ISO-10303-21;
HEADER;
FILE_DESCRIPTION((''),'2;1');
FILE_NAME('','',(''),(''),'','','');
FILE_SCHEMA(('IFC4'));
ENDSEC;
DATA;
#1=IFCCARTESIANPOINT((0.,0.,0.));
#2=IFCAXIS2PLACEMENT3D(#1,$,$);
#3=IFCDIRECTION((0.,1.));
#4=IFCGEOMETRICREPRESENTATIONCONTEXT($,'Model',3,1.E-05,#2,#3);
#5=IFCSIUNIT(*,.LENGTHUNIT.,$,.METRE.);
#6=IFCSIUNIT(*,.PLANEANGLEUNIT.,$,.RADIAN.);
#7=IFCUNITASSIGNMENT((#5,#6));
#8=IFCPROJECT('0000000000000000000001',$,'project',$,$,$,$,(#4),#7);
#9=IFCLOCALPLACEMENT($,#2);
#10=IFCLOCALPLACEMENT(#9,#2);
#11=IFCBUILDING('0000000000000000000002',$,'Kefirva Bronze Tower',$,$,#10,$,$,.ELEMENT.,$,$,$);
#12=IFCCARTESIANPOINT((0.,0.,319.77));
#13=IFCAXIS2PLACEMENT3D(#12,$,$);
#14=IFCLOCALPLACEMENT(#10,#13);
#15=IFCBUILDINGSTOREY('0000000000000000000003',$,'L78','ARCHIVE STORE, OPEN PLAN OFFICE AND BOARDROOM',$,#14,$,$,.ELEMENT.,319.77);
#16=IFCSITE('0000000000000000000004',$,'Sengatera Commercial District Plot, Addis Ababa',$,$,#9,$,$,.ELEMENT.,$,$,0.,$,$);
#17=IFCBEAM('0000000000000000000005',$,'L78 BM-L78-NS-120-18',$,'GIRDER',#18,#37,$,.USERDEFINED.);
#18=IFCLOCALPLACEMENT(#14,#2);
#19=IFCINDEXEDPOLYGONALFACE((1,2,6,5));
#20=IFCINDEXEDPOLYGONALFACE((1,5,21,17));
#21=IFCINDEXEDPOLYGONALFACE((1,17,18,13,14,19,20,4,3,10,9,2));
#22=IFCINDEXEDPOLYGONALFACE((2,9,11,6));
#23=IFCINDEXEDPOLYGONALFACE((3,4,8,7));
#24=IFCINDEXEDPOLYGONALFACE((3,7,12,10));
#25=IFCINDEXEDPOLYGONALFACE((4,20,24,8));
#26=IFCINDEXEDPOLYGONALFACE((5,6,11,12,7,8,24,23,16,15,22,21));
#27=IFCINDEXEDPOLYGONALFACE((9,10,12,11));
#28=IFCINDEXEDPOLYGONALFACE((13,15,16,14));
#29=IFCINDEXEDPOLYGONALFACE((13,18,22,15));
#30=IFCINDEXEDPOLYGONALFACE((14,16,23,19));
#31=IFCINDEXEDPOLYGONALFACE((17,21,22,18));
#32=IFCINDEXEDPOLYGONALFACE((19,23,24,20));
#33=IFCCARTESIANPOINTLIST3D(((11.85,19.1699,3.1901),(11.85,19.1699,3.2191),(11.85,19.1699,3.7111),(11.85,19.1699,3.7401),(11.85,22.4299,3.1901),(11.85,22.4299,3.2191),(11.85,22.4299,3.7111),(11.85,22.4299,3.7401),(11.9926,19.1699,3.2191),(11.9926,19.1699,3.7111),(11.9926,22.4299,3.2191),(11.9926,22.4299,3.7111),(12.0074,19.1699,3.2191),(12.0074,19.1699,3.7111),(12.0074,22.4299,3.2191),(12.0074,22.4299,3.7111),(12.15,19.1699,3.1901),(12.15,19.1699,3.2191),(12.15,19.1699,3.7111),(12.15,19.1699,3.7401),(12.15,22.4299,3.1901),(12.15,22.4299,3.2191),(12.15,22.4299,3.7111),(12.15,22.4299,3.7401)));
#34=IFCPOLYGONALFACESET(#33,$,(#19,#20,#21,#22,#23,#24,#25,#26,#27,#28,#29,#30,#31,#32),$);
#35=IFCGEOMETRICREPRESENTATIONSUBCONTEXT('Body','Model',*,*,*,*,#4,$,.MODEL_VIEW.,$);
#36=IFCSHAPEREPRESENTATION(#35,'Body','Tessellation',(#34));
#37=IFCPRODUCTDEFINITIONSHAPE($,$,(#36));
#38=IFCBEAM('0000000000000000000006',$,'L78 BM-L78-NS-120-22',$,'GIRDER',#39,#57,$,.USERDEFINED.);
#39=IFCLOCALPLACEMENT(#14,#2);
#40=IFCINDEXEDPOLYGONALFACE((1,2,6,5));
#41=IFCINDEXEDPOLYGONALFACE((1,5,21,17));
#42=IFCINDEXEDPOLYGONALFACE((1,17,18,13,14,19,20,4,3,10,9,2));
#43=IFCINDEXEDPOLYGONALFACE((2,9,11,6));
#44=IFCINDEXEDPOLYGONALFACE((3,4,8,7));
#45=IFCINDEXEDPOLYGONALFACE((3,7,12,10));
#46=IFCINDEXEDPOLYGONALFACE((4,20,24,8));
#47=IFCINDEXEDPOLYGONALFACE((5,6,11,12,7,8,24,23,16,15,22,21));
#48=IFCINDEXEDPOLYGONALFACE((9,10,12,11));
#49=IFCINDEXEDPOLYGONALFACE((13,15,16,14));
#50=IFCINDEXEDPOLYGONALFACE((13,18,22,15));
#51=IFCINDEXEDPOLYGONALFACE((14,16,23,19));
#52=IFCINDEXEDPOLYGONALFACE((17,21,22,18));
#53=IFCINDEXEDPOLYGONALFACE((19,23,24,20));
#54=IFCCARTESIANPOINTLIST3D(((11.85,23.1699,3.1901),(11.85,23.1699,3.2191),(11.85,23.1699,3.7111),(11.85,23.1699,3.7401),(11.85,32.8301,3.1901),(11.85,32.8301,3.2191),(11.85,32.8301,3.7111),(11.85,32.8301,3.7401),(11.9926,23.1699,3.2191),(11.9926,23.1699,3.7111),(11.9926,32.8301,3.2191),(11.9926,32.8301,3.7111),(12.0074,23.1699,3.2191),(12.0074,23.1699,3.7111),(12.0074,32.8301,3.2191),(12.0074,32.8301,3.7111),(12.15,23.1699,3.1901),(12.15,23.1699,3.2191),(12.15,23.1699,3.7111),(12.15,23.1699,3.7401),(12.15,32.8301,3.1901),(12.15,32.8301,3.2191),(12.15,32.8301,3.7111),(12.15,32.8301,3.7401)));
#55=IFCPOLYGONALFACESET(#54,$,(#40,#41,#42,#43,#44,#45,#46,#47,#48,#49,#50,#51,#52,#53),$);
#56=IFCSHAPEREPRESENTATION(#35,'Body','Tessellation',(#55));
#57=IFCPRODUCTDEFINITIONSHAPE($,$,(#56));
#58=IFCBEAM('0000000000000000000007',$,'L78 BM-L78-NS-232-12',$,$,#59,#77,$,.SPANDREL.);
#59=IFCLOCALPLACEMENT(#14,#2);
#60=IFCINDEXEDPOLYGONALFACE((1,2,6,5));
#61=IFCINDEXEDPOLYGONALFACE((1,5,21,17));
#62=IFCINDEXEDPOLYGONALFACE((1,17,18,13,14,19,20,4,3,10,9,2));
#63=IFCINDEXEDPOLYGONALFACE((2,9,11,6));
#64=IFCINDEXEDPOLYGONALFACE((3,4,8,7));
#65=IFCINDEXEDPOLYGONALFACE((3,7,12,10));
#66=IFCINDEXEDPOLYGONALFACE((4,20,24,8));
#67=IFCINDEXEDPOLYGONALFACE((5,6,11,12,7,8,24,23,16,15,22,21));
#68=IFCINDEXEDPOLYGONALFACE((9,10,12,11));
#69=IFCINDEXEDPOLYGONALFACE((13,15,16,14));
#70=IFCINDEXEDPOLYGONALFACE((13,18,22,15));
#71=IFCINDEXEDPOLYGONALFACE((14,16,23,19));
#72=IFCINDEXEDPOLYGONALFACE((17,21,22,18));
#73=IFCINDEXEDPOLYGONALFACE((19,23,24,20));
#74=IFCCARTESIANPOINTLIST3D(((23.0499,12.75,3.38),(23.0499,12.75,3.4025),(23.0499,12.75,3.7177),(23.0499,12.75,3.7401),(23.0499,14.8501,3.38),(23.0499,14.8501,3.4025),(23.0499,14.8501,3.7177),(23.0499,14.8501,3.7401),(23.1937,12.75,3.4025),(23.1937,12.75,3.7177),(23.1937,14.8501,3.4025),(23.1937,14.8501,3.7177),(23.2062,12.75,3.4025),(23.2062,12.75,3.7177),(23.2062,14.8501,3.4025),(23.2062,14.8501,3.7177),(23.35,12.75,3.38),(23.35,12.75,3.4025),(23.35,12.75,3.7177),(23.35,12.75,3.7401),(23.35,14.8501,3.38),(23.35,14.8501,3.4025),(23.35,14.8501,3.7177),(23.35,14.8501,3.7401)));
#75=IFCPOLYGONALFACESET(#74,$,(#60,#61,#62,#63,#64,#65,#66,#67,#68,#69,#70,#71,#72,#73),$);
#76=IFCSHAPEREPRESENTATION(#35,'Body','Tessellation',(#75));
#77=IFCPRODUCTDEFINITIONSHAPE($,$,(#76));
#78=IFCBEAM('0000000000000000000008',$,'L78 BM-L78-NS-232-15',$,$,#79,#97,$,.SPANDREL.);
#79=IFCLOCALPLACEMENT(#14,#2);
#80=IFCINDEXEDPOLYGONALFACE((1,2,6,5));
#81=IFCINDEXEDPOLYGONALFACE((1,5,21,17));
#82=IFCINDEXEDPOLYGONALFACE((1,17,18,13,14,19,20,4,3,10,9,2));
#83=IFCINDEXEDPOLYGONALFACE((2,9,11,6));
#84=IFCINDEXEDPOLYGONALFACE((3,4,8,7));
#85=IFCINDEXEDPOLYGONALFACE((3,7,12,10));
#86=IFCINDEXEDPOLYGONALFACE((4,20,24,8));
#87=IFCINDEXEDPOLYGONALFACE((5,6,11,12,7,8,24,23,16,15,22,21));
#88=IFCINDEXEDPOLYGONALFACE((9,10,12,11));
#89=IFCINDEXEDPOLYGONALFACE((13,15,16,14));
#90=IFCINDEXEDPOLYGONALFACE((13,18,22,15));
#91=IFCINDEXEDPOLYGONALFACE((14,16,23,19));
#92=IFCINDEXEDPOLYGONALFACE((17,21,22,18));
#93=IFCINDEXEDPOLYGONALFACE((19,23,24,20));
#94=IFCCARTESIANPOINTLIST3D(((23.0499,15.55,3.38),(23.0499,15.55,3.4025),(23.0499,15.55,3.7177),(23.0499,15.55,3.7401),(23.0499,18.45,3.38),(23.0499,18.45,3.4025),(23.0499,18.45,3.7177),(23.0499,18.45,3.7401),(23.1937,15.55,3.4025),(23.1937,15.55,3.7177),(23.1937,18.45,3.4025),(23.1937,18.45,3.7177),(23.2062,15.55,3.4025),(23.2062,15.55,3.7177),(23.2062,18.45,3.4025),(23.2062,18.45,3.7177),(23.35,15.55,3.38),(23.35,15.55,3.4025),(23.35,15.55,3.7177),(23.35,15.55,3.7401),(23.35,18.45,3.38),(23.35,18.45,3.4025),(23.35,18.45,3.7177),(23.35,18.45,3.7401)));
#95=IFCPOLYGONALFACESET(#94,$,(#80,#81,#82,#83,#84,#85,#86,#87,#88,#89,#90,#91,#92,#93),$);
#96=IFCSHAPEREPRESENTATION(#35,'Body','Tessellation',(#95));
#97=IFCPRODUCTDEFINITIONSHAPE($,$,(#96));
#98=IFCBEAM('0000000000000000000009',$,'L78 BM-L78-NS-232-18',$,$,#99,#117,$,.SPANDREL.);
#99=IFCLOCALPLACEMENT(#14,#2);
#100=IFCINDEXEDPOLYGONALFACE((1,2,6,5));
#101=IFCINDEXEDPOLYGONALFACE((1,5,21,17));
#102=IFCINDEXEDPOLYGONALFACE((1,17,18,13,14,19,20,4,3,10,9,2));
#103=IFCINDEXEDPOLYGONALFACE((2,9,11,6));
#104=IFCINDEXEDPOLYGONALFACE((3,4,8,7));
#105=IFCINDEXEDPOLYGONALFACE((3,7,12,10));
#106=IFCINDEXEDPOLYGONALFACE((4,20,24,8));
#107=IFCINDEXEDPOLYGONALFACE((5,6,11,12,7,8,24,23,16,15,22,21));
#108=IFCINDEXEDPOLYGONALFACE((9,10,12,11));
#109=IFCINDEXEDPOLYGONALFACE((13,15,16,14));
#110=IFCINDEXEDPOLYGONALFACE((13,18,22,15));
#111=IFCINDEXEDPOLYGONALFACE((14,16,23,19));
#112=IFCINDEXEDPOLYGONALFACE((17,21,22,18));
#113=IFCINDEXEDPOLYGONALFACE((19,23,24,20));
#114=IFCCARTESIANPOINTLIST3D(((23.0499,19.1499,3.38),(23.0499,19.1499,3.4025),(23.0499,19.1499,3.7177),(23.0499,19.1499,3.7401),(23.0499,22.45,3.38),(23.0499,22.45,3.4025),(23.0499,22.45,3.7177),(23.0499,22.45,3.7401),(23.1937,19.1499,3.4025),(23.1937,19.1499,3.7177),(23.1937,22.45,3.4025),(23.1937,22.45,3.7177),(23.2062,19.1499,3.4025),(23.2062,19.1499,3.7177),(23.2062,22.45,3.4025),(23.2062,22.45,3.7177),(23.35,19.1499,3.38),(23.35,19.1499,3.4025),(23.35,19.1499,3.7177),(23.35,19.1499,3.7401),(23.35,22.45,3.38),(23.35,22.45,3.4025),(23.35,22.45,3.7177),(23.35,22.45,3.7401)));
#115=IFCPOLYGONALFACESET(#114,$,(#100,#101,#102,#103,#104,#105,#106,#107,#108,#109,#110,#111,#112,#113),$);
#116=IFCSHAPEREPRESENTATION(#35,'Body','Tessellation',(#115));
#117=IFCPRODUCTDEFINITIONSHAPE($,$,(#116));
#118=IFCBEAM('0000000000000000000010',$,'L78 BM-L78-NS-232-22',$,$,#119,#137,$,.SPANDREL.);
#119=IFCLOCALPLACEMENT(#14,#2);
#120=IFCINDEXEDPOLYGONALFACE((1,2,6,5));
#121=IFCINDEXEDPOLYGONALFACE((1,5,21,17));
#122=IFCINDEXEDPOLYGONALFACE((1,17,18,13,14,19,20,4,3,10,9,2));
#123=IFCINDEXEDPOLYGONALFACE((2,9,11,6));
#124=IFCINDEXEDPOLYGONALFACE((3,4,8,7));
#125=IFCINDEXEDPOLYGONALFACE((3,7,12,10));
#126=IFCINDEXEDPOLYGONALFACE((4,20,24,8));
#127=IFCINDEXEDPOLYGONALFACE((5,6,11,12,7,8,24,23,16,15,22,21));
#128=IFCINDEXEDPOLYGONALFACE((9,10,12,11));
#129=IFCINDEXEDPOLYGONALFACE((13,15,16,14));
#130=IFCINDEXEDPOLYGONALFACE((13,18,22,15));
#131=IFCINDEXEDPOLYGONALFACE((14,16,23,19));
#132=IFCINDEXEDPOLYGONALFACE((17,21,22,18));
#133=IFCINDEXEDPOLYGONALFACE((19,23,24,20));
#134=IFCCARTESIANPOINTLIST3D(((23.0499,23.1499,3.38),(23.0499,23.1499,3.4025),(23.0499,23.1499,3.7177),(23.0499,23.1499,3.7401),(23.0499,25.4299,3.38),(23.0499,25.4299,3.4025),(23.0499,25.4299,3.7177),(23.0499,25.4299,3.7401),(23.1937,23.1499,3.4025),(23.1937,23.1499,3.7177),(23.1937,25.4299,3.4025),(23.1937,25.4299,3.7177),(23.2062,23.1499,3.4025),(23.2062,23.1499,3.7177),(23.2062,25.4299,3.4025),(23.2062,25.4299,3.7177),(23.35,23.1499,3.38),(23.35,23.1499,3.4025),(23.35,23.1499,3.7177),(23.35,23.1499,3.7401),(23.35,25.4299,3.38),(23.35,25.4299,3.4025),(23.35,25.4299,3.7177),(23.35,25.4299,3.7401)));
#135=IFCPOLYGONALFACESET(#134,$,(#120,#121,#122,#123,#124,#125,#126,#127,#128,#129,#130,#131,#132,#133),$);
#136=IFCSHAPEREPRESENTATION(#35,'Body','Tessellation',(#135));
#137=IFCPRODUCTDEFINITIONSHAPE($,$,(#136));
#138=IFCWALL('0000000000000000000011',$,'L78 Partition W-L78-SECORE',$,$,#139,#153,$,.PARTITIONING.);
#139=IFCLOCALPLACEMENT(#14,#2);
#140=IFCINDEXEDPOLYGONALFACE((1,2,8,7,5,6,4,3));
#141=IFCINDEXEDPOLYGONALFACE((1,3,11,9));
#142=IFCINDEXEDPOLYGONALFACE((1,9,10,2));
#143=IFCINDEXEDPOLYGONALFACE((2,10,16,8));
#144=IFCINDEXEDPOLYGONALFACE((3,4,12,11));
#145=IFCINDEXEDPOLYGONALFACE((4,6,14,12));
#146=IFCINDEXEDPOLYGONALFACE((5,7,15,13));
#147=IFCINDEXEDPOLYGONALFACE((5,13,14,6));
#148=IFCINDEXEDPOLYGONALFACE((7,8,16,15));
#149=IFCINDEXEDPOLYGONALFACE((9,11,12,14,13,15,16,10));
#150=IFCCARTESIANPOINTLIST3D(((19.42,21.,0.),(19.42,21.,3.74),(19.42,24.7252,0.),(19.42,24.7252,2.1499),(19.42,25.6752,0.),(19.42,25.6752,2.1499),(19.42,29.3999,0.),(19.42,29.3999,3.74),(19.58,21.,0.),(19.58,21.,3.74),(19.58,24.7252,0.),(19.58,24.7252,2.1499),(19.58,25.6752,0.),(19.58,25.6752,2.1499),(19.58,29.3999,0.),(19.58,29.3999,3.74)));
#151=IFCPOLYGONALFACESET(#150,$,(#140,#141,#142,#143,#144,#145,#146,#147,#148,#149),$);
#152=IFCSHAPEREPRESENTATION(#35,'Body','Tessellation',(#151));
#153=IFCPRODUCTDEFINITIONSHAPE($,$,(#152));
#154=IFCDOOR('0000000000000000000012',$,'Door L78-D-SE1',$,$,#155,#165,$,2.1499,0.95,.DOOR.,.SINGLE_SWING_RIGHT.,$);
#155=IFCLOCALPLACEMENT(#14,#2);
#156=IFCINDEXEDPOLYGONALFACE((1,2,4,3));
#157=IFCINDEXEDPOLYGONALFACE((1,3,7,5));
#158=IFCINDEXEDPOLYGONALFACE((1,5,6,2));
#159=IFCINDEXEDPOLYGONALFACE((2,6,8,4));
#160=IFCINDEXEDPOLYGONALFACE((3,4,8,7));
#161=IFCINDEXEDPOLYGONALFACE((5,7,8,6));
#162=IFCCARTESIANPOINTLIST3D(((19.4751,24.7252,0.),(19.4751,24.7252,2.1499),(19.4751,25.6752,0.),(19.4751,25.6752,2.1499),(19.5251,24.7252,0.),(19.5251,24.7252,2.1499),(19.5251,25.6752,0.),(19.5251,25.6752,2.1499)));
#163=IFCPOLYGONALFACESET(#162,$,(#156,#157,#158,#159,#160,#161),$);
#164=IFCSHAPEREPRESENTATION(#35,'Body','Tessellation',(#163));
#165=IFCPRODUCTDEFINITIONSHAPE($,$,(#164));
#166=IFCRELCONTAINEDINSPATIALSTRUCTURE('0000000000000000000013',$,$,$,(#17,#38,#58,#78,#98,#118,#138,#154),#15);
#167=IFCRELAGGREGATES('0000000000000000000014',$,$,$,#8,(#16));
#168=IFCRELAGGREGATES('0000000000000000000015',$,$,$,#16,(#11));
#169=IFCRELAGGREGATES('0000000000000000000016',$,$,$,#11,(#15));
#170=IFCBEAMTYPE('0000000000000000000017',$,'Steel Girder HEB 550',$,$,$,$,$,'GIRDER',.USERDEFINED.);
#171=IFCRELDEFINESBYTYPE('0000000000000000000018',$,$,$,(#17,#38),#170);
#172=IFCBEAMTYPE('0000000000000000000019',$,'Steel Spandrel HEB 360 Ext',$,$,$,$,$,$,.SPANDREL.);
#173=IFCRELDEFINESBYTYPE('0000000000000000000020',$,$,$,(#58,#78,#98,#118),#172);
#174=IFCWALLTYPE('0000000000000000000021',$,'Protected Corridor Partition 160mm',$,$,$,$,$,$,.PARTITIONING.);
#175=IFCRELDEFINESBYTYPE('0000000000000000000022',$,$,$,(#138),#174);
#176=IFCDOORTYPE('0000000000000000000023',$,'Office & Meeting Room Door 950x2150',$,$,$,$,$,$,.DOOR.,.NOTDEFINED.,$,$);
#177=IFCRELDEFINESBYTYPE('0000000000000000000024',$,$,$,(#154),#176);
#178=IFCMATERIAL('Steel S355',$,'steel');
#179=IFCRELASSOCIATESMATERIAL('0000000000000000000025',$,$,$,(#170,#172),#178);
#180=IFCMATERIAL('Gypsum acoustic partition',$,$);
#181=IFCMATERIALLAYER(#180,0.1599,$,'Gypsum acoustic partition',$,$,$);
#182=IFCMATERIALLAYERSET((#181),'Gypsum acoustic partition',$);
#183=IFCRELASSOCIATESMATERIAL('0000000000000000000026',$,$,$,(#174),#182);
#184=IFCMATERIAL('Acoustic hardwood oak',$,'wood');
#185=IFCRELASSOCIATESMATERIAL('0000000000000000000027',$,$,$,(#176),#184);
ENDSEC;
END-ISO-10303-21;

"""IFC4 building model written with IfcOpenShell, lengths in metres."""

from ifc_helpers import new_model, si_unit, direction, frame, frame_2d, origin, origin_2d, place, context, subcontext, project, spatial, rectangle, i_section, extrude, material, layer, layer_set, material_profile, profile_set, type_object, element, fill, save


model = new_model("IFC4")

# Units and contexts
model_context = context("Model", 3, precision=1e-05, world=origin(), true_north=direction((0.0, 1.0)))
body_context = subcontext(model_context, "Body", "Model", "MODEL_VIEW")
ifc_project = project(units=[si_unit("LENGTHUNIT", "METRE"), si_unit("PLANEANGLEUNIT", "RADIAN")], contexts=[model_context])

# Site, building, storey
site_placement = place(None, origin())
site = spatial("IfcSite", under=ifc_project, at=site_placement, Name="Sengatera Commercial District Plot, Addis Ababa", CompositionType="ELEMENT", RefElevation=0.0)
building_placement = place(site_placement, origin())
building = spatial("IfcBuilding", under=site, at=building_placement, Name="Kefirva Bronze Tower", CompositionType="ELEMENT")
storey_placement = place(building_placement, frame((0.0, 0.0, 319.77)))
storey = spatial("IfcBuildingStorey", under=building, at=storey_placement, Name="L78", Description="ARCHIVE STORE, OPEN PLAN OFFICE AND BOARDROOM", CompositionType="ELEMENT", Elevation=319.77)

# Beams
ifc_material_1 = material(Name="Steel S355", Category="steel")
ifc_material_profile_1 = material_profile(ifc_material_1, i_section(OverallWidth=0.3, OverallDepth=0.55, WebThickness=0.0149, FlangeThickness=0.0291, at=origin_2d()), Name="HEB 550")
ifc_profile_set_1 = profile_set([ifc_material_profile_1], Name="Steel S355")
beam_type_1 = type_object("IfcBeamType", Name="Steel Girder HEB 550", ElementType="GIRDER", PredefinedType="USERDEFINED", material=ifc_profile_set_1)
beam_1_placement = place(storey_placement, frame((12.0, 19.1699, 3.4651), z_axis=(0.0, 1.0, 0.0), x_axis=(-1.0, 0.0, 0.0)))
element("IfcBeam", 1, at=beam_1_placement, inside=storey, type_object=beam_type_1, Name="L78 BM-L78-NS-120-18", ObjectType="GIRDER", PredefinedType="USERDEFINED", context=body_context, shape_type="SweptSolid", body=[
    extrude(i_section(OverallWidth=0.3, OverallDepth=0.55, WebThickness=0.0149, FlangeThickness=0.0291, at=origin_2d()), origin(), (0.0, 0.0, 1.0), 3.26),
])
beam_2_placement = place(storey_placement, frame((12.0, 23.1699, 3.4651), z_axis=(0.0, 1.0, 0.0), x_axis=(-1.0, 0.0, 0.0)))
element("IfcBeam", 2, at=beam_2_placement, inside=storey, type_object=beam_type_1, Name="L78 BM-L78-NS-120-22", ObjectType="GIRDER", PredefinedType="USERDEFINED", context=body_context, shape_type="SweptSolid", body=[
    extrude(i_section(OverallWidth=0.3, OverallDepth=0.55, WebThickness=0.0149, FlangeThickness=0.0291, at=origin_2d()), origin(), (0.0, 0.0, 1.0), 9.6602),
])
ifc_material_profile_2 = material_profile(ifc_material_1, i_section(OverallWidth=0.3, OverallDepth=0.3601, WebThickness=0.0125, FlangeThickness=0.0225, at=origin_2d()), Name="HEB 360")
ifc_profile_set_2 = profile_set([ifc_material_profile_2], Name="Steel S355")
beam_type_2 = type_object("IfcBeamType", Name="Steel Spandrel HEB 360 Ext", PredefinedType="SPANDREL", material=ifc_profile_set_2)
beam_3_placement = place(storey_placement, frame((23.2, 12.75, 3.5601), z_axis=(0.0, 1.0, 0.0), x_axis=(-1.0, 0.0, 0.0)))
element("IfcBeam", 3, at=beam_3_placement, inside=storey, type_object=beam_type_2, Name="L78 BM-L78-NS-232-12", PredefinedType="SPANDREL", context=body_context, shape_type="SweptSolid", body=[
    extrude(i_section(OverallWidth=0.3, OverallDepth=0.3601, WebThickness=0.0125, FlangeThickness=0.0225, at=origin_2d()), origin(), (0.0, 0.0, 1.0), 2.1001),
])
beam_4_placement = place(storey_placement, frame((23.2, 15.55, 3.5601), z_axis=(0.0, 1.0, 0.0), x_axis=(-1.0, 0.0, 0.0)))
element("IfcBeam", 4, at=beam_4_placement, inside=storey, type_object=beam_type_2, Name="L78 BM-L78-NS-232-15", PredefinedType="SPANDREL", context=body_context, shape_type="SweptSolid", body=[
    extrude(i_section(OverallWidth=0.3, OverallDepth=0.3601, WebThickness=0.0125, FlangeThickness=0.0225, at=origin_2d()), origin(), (0.0, 0.0, 1.0), 2.8999),
])
beam_5_placement = place(storey_placement, frame((23.2, 19.1499, 3.5601), z_axis=(0.0, 1.0, 0.0), x_axis=(-1.0, 0.0, 0.0)))
element("IfcBeam", 5, at=beam_5_placement, inside=storey, type_object=beam_type_2, Name="L78 BM-L78-NS-232-18", PredefinedType="SPANDREL", context=body_context, shape_type="SweptSolid", body=[
    extrude(i_section(OverallWidth=0.3, OverallDepth=0.3601, WebThickness=0.0125, FlangeThickness=0.0225, at=origin_2d()), origin(), (0.0, 0.0, 1.0), 3.3),
])
beam_6_placement = place(storey_placement, frame((23.2, 23.1499, 3.5601), z_axis=(0.0, 1.0, 0.0), x_axis=(-1.0, 0.0, 0.0)))
element("IfcBeam", 6, at=beam_6_placement, inside=storey, type_object=beam_type_2, Name="L78 BM-L78-NS-232-22", PredefinedType="SPANDREL", context=body_context, shape_type="SweptSolid", body=[
    extrude(i_section(OverallWidth=0.3, OverallDepth=0.3601, WebThickness=0.0125, FlangeThickness=0.0225, at=origin_2d()), origin(), (0.0, 0.0, 1.0), 2.28),
])

# Shared definitions
ifc_material_2 = material(Name="Gypsum acoustic partition")
ifc_layer = layer(ifc_material_2, 0.1599, Name="Gypsum acoustic partition")
ifc_layer_set = layer_set([ifc_layer], Name="Gypsum acoustic partition")
wall_type = type_object("IfcWallType", Name="Protected Corridor Partition 160mm", PredefinedType="PARTITIONING", material=ifc_layer_set)
ifc_material_3 = material(Name="Acoustic hardwood oak", Category="wood")
door_type = type_object("IfcDoorType", Name="Office & Meeting Room Door 950x2150", OperationType="NOTDEFINED", PredefinedType="DOOR", material=ifc_material_3)

# Wall, opening, door
wall_1_placement = place(storey_placement, frame((19.5, 21.0, 0.0), z_axis=(0.0, 0.0, 1.0), x_axis=(0.0, 1.0, 0.0)))
wall_1 = element("IfcWall", 7, at=wall_1_placement, inside=storey, type_object=wall_type, Name="L78 Partition W-L78-SECORE", PredefinedType="PARTITIONING", context=body_context, shape_type="SweptSolid", body=[
    extrude(rectangle(XDim=8.3999, YDim=0.1599, at=frame_2d((4.2, 0.0))), origin(), (0.0, 0.0, 1.0), 3.74),
])
opening_1_placement = place(wall_1_placement, frame((3.7251, 0.0, 0.0)))
opening_1 = element("IfcOpeningElement", 8, at=opening_1_placement, cuts=wall_1, PredefinedType="OPENING", context=body_context, shape_type="SweptSolid", body=[
    extrude(rectangle(XDim=0.95, YDim=2.1499, at=frame_2d((0.4751, 1.075))), frame((0.0, 0.0898, 0.0), z_axis=(0.0, -1.0, 0.0), x_axis=(1.0, 0.0, 0.0)), (0.0, 0.0, 1.0), 0.1799),
])
door_1_placement = place(opening_1_placement, origin())
door_1 = element("IfcDoor", 9, at=door_1_placement, inside=storey, type_object=door_type, Name="Door L78-D-SE1", OperationType="SINGLE_SWING_RIGHT", OverallHeight=2.1499, OverallWidth=0.95, PredefinedType="DOOR", context=body_context, shape_type="SweptSolid", body=[
    extrude(rectangle(XDim=0.95, YDim=2.1499, at=frame_2d((0.4751, 1.075))), frame((0.0, 0.0249, 0.0), z_axis=(0.0, -1.0, 0.0), x_axis=(1.0, 0.0, 0.0)), (0.0, 0.0, 1.0), 0.05),
])
fill(opening_1, door_1)

save(model, "model.ifc")
